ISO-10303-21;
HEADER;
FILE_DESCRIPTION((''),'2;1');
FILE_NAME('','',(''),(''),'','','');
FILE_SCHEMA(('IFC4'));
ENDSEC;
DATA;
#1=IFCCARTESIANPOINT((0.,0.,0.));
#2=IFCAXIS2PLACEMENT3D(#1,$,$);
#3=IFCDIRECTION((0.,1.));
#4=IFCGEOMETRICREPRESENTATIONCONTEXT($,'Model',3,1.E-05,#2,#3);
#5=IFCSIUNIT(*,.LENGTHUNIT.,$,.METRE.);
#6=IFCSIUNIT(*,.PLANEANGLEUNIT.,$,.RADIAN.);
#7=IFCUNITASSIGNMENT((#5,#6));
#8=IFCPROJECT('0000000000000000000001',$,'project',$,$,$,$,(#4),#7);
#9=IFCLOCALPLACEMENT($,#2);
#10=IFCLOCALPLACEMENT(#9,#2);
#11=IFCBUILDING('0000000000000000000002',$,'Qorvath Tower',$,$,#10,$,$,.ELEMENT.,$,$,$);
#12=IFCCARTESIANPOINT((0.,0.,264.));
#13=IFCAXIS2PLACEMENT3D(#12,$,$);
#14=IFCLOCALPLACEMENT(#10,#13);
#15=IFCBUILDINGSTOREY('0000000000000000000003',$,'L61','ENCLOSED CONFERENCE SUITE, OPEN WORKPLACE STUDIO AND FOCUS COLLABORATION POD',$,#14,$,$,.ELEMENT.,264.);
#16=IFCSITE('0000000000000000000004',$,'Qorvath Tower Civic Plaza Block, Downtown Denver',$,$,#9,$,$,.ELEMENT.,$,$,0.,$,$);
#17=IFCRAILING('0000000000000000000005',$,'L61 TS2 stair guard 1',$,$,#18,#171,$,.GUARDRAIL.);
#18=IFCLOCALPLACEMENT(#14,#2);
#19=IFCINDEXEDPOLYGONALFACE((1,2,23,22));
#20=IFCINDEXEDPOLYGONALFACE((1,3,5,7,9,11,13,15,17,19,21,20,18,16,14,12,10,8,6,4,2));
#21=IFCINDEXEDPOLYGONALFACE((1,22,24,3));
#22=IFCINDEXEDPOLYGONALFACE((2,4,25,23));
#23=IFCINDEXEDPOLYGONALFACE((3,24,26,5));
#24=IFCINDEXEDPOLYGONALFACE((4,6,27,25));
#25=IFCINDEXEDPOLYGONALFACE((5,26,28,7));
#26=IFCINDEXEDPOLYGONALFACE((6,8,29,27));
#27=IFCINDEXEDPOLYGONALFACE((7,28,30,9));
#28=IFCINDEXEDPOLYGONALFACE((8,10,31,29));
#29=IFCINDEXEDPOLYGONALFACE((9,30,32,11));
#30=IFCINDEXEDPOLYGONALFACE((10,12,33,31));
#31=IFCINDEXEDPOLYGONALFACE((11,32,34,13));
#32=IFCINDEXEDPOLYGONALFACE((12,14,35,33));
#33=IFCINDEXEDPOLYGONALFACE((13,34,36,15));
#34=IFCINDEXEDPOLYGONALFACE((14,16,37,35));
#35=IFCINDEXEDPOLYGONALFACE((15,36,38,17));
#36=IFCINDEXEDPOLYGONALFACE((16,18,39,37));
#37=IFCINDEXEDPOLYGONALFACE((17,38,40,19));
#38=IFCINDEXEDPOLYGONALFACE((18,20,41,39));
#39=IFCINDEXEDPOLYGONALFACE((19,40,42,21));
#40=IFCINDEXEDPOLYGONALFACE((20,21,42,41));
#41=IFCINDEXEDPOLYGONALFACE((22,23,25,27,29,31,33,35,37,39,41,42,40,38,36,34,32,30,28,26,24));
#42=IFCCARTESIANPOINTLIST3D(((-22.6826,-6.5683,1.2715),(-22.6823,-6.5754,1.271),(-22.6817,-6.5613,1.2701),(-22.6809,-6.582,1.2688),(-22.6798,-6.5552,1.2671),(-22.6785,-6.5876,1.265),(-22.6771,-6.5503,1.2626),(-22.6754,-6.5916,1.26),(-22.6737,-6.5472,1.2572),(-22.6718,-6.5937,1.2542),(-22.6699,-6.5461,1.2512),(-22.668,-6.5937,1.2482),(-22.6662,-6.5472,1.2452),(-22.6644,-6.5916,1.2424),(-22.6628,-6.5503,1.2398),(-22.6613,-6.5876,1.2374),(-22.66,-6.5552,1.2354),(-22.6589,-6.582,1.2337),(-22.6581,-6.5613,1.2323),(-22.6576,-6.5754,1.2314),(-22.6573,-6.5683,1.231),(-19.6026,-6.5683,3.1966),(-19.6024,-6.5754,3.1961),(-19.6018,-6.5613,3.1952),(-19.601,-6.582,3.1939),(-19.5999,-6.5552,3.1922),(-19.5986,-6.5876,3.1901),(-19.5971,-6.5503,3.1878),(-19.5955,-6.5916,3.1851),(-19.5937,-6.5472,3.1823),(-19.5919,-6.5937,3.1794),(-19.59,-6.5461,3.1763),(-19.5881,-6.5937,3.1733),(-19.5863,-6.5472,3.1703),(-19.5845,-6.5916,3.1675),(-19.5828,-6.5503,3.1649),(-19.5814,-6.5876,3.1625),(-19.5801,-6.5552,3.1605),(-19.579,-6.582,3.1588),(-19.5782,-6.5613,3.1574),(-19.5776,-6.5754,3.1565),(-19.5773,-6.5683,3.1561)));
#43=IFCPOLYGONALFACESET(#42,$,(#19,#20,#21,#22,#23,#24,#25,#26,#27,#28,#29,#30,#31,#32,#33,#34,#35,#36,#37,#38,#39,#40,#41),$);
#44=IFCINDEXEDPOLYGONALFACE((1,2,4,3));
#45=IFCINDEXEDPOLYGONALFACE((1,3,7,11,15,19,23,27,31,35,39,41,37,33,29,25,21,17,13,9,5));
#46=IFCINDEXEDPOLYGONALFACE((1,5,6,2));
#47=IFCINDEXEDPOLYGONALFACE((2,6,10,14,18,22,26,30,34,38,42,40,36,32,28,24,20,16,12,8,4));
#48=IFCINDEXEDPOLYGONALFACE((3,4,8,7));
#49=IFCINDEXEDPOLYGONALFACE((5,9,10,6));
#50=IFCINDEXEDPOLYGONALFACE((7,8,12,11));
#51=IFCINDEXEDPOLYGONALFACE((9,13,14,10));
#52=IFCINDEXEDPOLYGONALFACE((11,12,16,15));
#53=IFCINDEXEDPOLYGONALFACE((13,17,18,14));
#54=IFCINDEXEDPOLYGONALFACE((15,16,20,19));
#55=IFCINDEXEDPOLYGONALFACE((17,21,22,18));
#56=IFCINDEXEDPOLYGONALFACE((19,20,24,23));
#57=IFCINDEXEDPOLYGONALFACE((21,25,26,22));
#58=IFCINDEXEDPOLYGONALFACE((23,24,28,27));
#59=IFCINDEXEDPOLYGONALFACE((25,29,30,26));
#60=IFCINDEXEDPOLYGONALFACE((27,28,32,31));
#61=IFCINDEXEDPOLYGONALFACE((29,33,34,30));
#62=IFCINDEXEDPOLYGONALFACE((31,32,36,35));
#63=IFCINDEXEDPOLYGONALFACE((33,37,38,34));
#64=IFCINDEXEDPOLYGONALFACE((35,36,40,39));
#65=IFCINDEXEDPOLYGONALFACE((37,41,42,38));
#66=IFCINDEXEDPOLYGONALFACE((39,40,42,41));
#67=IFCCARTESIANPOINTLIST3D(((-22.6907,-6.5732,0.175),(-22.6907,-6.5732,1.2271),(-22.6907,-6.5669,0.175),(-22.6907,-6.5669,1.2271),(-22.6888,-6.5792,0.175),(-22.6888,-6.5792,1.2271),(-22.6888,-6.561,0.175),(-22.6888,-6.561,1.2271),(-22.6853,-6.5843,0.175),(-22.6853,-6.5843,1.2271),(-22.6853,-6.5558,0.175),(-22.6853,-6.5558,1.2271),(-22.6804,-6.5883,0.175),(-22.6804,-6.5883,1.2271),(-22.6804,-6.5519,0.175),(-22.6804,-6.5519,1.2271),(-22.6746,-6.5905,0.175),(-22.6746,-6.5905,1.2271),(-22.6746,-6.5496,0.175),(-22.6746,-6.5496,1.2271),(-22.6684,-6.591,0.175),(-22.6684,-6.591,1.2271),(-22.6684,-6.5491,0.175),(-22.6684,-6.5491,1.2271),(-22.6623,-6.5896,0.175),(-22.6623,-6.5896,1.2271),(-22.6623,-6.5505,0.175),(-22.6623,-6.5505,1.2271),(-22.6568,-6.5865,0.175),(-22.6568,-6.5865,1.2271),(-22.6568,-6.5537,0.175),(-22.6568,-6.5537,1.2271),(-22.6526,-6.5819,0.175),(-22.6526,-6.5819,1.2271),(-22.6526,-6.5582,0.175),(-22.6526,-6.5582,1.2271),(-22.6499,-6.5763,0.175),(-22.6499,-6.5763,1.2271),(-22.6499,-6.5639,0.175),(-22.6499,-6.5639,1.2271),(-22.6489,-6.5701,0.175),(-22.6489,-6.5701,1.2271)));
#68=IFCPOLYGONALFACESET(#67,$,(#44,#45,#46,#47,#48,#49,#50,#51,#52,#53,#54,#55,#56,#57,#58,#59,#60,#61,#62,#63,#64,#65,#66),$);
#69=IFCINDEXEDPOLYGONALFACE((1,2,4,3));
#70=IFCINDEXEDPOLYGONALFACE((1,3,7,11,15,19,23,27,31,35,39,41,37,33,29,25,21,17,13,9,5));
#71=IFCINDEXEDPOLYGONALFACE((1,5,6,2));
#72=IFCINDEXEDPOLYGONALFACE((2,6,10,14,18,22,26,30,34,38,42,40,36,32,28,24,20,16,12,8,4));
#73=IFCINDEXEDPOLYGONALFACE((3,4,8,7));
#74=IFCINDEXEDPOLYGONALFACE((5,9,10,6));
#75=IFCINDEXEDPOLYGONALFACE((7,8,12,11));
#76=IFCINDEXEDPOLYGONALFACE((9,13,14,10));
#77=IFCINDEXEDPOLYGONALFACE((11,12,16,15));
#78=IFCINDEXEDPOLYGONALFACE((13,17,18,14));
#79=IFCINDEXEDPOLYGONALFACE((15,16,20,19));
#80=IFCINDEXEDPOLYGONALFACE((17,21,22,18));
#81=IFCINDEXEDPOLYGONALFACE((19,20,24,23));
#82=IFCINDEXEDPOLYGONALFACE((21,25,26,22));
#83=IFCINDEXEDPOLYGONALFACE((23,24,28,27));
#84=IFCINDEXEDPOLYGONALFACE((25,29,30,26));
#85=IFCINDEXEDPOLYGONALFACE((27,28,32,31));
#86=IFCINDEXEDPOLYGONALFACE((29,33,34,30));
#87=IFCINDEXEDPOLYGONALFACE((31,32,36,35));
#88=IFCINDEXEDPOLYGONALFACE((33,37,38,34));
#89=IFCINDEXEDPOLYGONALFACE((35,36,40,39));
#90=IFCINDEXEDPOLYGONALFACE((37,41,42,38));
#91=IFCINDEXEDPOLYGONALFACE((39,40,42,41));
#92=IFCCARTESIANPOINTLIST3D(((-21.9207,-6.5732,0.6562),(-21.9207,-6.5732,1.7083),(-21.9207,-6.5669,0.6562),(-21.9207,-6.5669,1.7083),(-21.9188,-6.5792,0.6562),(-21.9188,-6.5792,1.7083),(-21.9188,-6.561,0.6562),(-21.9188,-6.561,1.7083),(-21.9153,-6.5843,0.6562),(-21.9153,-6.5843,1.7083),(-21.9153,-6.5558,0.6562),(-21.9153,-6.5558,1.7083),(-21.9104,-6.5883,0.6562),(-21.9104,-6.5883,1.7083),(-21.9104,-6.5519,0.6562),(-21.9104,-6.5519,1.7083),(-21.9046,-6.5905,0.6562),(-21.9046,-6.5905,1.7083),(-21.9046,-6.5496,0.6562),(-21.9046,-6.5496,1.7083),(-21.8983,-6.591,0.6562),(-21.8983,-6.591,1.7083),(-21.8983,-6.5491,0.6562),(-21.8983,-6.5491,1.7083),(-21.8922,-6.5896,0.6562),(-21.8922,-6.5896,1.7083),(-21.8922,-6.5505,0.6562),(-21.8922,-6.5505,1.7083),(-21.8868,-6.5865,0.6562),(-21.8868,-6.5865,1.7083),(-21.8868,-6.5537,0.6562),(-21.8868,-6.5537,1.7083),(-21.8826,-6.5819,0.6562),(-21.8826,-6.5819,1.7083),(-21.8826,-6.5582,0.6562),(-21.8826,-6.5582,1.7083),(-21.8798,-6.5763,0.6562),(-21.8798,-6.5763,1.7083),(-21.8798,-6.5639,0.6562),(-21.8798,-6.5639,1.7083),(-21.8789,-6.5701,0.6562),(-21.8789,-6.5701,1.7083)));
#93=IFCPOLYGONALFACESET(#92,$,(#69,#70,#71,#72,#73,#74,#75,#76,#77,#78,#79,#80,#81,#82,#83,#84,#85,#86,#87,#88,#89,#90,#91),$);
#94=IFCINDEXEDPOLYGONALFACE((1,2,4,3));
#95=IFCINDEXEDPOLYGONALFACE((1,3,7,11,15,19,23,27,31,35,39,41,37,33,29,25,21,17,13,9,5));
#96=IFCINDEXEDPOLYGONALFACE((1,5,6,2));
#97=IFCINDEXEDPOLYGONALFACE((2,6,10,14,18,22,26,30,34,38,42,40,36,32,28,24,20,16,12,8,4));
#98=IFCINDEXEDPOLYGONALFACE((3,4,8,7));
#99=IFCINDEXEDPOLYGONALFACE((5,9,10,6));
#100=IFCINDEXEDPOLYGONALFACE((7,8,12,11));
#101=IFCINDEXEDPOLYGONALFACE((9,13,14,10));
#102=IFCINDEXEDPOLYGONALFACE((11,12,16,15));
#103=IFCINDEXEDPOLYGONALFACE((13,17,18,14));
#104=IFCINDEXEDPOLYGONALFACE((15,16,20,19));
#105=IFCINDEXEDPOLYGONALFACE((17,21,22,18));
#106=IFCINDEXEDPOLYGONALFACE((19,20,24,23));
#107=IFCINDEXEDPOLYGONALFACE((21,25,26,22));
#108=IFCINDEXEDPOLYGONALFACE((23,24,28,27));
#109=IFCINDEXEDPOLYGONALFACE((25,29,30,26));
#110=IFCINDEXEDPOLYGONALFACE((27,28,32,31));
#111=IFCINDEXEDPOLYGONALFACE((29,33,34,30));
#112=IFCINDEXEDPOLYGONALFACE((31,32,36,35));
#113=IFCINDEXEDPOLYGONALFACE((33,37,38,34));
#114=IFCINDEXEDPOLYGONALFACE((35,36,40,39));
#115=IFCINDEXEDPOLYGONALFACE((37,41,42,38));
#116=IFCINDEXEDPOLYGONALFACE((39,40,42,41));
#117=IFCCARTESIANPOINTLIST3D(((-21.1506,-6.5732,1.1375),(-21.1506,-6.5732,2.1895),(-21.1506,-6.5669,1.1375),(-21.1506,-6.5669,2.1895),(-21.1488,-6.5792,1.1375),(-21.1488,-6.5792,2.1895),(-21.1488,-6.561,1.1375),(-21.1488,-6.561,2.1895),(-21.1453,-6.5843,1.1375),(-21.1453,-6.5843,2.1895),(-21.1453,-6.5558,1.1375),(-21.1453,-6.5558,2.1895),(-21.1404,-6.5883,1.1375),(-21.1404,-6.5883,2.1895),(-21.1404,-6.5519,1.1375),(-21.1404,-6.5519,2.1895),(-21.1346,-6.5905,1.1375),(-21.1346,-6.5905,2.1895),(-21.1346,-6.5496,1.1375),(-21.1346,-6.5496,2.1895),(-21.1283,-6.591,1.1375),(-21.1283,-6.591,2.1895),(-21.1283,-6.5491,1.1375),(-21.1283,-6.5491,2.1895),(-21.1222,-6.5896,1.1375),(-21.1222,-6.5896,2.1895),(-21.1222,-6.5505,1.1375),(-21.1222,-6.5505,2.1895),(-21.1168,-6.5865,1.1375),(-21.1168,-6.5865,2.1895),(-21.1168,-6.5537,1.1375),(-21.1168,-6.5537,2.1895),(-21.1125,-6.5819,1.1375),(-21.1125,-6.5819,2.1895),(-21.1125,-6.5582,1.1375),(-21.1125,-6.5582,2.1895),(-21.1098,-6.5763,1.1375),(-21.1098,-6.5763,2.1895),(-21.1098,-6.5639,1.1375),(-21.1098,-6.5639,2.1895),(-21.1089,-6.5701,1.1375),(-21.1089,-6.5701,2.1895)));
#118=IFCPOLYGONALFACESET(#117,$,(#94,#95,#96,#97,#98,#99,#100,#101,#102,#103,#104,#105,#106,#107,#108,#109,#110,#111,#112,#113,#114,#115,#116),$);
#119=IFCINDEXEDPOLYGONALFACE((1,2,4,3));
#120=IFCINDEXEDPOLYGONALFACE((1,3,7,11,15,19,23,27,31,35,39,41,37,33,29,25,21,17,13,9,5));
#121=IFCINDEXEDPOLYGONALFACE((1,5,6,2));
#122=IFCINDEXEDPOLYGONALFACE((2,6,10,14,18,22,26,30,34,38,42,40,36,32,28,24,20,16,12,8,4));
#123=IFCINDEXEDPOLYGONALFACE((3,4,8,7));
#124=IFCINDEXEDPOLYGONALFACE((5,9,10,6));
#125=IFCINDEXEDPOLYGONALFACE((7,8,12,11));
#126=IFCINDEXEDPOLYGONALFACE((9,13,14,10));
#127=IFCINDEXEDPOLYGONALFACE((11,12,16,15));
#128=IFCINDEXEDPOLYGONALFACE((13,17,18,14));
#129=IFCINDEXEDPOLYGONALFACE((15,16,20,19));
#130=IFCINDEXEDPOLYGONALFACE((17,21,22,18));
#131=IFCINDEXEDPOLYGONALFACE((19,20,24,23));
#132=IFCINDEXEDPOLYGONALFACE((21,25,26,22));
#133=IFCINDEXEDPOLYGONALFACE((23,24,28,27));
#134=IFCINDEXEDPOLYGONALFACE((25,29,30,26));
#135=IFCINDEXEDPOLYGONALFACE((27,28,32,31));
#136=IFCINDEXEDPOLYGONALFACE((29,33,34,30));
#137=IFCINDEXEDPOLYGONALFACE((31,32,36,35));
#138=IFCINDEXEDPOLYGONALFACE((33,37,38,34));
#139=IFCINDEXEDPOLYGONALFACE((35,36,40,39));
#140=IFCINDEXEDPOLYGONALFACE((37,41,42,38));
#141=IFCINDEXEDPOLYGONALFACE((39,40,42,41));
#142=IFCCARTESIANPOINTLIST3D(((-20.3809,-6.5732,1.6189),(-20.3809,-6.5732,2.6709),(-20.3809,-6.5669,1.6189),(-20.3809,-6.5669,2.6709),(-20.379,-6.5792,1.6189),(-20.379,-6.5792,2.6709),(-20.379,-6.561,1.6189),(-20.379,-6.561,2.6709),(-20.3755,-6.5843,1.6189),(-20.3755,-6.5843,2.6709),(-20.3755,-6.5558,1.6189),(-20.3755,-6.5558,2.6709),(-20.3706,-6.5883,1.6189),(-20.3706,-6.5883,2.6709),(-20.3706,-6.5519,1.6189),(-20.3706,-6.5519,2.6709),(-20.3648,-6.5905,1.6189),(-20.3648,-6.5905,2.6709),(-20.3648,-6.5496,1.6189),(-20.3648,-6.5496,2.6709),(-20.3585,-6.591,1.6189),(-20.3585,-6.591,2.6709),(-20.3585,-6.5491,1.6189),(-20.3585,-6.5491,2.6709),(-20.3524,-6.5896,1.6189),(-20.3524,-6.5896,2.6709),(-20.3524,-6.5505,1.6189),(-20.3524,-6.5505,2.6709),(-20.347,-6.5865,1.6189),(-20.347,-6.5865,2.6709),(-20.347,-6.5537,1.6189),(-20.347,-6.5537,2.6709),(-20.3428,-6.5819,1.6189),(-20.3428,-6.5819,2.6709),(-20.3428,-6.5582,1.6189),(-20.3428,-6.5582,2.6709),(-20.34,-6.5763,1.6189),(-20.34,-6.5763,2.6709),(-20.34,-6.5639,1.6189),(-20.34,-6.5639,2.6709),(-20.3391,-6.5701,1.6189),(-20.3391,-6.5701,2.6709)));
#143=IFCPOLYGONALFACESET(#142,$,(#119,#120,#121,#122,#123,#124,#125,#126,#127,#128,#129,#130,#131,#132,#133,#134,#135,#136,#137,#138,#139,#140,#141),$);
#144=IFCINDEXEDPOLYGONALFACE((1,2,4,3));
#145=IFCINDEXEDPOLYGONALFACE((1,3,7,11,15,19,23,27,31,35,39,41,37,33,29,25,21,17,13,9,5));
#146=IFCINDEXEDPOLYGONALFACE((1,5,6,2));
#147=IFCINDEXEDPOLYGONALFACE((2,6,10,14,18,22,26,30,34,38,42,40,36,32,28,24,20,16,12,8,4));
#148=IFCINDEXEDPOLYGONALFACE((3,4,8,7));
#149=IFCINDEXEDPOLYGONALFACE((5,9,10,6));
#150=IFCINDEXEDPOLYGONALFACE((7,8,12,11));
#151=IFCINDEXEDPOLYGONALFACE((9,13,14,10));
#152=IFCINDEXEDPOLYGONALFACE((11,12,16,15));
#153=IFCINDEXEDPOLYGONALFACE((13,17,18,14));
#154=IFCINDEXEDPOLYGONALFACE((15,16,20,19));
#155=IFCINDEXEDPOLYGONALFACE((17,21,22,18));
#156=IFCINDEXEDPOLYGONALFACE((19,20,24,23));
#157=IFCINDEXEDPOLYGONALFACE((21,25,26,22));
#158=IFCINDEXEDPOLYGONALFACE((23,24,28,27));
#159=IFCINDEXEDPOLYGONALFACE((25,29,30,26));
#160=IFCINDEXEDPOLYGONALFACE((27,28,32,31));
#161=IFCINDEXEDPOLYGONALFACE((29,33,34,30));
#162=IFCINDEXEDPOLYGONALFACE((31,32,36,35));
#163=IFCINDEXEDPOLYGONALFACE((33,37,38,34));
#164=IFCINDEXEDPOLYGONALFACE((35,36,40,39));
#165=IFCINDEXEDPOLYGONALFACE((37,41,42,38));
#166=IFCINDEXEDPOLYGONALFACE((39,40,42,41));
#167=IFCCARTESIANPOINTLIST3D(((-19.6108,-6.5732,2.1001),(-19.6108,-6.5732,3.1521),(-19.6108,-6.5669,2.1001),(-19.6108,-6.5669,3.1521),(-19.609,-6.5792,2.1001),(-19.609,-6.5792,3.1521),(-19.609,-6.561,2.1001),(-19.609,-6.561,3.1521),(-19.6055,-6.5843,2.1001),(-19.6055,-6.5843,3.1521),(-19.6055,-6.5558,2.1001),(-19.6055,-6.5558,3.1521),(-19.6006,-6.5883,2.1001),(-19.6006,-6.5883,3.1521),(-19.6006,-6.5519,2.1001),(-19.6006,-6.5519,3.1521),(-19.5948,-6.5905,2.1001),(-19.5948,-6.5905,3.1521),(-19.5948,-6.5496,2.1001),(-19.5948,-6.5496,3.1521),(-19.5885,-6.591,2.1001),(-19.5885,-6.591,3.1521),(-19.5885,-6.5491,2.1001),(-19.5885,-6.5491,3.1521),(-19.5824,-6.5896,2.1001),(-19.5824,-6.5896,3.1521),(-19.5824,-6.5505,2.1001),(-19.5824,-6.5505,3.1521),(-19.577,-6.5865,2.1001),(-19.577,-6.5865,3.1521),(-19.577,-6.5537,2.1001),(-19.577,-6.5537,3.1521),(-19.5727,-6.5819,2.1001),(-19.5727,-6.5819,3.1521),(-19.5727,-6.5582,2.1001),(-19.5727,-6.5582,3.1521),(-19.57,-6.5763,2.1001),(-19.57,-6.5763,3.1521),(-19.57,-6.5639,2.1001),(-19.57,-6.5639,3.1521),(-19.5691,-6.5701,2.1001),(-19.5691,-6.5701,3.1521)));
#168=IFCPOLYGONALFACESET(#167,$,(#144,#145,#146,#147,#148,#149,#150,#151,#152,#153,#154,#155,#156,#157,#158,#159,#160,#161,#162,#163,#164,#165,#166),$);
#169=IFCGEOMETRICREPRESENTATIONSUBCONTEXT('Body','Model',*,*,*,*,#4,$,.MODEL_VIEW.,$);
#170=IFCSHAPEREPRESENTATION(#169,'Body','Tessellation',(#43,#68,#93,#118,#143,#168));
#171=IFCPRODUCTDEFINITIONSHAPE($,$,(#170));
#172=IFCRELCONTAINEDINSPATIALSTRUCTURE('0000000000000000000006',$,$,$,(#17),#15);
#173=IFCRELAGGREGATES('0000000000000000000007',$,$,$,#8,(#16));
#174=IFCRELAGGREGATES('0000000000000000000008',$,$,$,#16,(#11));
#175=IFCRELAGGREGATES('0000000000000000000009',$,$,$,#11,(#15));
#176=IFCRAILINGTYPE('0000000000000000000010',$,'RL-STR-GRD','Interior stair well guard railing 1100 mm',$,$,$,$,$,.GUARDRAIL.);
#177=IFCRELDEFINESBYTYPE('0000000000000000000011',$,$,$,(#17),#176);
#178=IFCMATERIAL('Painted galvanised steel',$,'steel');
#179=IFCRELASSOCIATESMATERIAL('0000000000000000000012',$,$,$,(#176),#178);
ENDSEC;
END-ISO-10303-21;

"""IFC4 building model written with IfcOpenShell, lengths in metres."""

from ifc_helpers import new_model, si_unit, direction, frame, origin, origin_2d, place, context, subcontext, project, spatial, circle, extrude, material, type_object, element, save


model = new_model("IFC4")

# Units and contexts
model_context = context("Model", 3, precision=1e-05, world=origin(), true_north=direction((0.0, 1.0)))
body_context = subcontext(model_context, "Body", "Model", "MODEL_VIEW")
ifc_project = project(units=[si_unit("LENGTHUNIT", "METRE"), si_unit("PLANEANGLEUNIT", "RADIAN")], contexts=[model_context])

# Site, building, storey
site_placement = place(None, origin())
site = spatial("IfcSite", under=ifc_project, at=site_placement, Name="Qorvath Tower Civic Plaza Block, Downtown Denver", CompositionType="ELEMENT", RefElevation=0.0)
building_placement = place(site_placement, origin())
building = spatial("IfcBuilding", under=site, at=building_placement, Name="Qorvath Tower", CompositionType="ELEMENT")
storey_placement = place(building_placement, frame((0.0, 0.0, 264.0)))
storey = spatial("IfcBuildingStorey", under=building, at=storey_placement, Name="L61", Description="ENCLOSED CONFERENCE SUITE, OPEN WORKPLACE STUDIO AND FOCUS COLLABORATION POD", CompositionType="ELEMENT", Elevation=264.0)

# Railing
ifc_material_1 = material(Name="Painted galvanised steel", Category="steel")
railing_type_1 = type_object("IfcRailingType", Name="RL-STR-GRD", Description="Interior stair well guard railing 1100 mm", PredefinedType="GUARDRAIL", material=ifc_material_1)
railing_1_placement = place(storey_placement, frame((-22.6699, -6.5701, 0.175)))
element("IfcRailing", 1, at=railing_1_placement, inside=storey, type_object=railing_type_1, Name="L61 TS2 stair guard 1", PredefinedType="GUARDRAIL", context=body_context, shape_type="SweptSolid", body=[
    extrude(circle(Radius=0.0239, at=origin_2d()), frame((0.0, 0.0, 1.0762), z_axis=(0.847979, 0.0, 0.530029), x_axis=(0.0, 1.0, 0.0)), (0.0, 0.0, 1.0), 3.6321),
    extrude(circle(Radius=0.021, at=origin_2d()), origin(), (0.0, 0.0, 1.0), 1.052),
    extrude(circle(Radius=0.021, at=origin_2d()), frame((0.77, 0.0, 0.4812)), (0.0, 0.0, 1.0), 1.052),
    extrude(circle(Radius=0.021, at=origin_2d()), frame((1.54, 0.0, 0.9624)), (0.0, 0.0, 1.0), 1.052),
    extrude(circle(Radius=0.021, at=origin_2d()), frame((2.3098, 0.0, 1.4438)), (0.0, 0.0, 1.0), 1.052),
    extrude(circle(Radius=0.021, at=origin_2d()), frame((3.0798, 0.0, 1.925)), (0.0, 0.0, 1.0), 1.052),
])

save(model, "model.ifc")
